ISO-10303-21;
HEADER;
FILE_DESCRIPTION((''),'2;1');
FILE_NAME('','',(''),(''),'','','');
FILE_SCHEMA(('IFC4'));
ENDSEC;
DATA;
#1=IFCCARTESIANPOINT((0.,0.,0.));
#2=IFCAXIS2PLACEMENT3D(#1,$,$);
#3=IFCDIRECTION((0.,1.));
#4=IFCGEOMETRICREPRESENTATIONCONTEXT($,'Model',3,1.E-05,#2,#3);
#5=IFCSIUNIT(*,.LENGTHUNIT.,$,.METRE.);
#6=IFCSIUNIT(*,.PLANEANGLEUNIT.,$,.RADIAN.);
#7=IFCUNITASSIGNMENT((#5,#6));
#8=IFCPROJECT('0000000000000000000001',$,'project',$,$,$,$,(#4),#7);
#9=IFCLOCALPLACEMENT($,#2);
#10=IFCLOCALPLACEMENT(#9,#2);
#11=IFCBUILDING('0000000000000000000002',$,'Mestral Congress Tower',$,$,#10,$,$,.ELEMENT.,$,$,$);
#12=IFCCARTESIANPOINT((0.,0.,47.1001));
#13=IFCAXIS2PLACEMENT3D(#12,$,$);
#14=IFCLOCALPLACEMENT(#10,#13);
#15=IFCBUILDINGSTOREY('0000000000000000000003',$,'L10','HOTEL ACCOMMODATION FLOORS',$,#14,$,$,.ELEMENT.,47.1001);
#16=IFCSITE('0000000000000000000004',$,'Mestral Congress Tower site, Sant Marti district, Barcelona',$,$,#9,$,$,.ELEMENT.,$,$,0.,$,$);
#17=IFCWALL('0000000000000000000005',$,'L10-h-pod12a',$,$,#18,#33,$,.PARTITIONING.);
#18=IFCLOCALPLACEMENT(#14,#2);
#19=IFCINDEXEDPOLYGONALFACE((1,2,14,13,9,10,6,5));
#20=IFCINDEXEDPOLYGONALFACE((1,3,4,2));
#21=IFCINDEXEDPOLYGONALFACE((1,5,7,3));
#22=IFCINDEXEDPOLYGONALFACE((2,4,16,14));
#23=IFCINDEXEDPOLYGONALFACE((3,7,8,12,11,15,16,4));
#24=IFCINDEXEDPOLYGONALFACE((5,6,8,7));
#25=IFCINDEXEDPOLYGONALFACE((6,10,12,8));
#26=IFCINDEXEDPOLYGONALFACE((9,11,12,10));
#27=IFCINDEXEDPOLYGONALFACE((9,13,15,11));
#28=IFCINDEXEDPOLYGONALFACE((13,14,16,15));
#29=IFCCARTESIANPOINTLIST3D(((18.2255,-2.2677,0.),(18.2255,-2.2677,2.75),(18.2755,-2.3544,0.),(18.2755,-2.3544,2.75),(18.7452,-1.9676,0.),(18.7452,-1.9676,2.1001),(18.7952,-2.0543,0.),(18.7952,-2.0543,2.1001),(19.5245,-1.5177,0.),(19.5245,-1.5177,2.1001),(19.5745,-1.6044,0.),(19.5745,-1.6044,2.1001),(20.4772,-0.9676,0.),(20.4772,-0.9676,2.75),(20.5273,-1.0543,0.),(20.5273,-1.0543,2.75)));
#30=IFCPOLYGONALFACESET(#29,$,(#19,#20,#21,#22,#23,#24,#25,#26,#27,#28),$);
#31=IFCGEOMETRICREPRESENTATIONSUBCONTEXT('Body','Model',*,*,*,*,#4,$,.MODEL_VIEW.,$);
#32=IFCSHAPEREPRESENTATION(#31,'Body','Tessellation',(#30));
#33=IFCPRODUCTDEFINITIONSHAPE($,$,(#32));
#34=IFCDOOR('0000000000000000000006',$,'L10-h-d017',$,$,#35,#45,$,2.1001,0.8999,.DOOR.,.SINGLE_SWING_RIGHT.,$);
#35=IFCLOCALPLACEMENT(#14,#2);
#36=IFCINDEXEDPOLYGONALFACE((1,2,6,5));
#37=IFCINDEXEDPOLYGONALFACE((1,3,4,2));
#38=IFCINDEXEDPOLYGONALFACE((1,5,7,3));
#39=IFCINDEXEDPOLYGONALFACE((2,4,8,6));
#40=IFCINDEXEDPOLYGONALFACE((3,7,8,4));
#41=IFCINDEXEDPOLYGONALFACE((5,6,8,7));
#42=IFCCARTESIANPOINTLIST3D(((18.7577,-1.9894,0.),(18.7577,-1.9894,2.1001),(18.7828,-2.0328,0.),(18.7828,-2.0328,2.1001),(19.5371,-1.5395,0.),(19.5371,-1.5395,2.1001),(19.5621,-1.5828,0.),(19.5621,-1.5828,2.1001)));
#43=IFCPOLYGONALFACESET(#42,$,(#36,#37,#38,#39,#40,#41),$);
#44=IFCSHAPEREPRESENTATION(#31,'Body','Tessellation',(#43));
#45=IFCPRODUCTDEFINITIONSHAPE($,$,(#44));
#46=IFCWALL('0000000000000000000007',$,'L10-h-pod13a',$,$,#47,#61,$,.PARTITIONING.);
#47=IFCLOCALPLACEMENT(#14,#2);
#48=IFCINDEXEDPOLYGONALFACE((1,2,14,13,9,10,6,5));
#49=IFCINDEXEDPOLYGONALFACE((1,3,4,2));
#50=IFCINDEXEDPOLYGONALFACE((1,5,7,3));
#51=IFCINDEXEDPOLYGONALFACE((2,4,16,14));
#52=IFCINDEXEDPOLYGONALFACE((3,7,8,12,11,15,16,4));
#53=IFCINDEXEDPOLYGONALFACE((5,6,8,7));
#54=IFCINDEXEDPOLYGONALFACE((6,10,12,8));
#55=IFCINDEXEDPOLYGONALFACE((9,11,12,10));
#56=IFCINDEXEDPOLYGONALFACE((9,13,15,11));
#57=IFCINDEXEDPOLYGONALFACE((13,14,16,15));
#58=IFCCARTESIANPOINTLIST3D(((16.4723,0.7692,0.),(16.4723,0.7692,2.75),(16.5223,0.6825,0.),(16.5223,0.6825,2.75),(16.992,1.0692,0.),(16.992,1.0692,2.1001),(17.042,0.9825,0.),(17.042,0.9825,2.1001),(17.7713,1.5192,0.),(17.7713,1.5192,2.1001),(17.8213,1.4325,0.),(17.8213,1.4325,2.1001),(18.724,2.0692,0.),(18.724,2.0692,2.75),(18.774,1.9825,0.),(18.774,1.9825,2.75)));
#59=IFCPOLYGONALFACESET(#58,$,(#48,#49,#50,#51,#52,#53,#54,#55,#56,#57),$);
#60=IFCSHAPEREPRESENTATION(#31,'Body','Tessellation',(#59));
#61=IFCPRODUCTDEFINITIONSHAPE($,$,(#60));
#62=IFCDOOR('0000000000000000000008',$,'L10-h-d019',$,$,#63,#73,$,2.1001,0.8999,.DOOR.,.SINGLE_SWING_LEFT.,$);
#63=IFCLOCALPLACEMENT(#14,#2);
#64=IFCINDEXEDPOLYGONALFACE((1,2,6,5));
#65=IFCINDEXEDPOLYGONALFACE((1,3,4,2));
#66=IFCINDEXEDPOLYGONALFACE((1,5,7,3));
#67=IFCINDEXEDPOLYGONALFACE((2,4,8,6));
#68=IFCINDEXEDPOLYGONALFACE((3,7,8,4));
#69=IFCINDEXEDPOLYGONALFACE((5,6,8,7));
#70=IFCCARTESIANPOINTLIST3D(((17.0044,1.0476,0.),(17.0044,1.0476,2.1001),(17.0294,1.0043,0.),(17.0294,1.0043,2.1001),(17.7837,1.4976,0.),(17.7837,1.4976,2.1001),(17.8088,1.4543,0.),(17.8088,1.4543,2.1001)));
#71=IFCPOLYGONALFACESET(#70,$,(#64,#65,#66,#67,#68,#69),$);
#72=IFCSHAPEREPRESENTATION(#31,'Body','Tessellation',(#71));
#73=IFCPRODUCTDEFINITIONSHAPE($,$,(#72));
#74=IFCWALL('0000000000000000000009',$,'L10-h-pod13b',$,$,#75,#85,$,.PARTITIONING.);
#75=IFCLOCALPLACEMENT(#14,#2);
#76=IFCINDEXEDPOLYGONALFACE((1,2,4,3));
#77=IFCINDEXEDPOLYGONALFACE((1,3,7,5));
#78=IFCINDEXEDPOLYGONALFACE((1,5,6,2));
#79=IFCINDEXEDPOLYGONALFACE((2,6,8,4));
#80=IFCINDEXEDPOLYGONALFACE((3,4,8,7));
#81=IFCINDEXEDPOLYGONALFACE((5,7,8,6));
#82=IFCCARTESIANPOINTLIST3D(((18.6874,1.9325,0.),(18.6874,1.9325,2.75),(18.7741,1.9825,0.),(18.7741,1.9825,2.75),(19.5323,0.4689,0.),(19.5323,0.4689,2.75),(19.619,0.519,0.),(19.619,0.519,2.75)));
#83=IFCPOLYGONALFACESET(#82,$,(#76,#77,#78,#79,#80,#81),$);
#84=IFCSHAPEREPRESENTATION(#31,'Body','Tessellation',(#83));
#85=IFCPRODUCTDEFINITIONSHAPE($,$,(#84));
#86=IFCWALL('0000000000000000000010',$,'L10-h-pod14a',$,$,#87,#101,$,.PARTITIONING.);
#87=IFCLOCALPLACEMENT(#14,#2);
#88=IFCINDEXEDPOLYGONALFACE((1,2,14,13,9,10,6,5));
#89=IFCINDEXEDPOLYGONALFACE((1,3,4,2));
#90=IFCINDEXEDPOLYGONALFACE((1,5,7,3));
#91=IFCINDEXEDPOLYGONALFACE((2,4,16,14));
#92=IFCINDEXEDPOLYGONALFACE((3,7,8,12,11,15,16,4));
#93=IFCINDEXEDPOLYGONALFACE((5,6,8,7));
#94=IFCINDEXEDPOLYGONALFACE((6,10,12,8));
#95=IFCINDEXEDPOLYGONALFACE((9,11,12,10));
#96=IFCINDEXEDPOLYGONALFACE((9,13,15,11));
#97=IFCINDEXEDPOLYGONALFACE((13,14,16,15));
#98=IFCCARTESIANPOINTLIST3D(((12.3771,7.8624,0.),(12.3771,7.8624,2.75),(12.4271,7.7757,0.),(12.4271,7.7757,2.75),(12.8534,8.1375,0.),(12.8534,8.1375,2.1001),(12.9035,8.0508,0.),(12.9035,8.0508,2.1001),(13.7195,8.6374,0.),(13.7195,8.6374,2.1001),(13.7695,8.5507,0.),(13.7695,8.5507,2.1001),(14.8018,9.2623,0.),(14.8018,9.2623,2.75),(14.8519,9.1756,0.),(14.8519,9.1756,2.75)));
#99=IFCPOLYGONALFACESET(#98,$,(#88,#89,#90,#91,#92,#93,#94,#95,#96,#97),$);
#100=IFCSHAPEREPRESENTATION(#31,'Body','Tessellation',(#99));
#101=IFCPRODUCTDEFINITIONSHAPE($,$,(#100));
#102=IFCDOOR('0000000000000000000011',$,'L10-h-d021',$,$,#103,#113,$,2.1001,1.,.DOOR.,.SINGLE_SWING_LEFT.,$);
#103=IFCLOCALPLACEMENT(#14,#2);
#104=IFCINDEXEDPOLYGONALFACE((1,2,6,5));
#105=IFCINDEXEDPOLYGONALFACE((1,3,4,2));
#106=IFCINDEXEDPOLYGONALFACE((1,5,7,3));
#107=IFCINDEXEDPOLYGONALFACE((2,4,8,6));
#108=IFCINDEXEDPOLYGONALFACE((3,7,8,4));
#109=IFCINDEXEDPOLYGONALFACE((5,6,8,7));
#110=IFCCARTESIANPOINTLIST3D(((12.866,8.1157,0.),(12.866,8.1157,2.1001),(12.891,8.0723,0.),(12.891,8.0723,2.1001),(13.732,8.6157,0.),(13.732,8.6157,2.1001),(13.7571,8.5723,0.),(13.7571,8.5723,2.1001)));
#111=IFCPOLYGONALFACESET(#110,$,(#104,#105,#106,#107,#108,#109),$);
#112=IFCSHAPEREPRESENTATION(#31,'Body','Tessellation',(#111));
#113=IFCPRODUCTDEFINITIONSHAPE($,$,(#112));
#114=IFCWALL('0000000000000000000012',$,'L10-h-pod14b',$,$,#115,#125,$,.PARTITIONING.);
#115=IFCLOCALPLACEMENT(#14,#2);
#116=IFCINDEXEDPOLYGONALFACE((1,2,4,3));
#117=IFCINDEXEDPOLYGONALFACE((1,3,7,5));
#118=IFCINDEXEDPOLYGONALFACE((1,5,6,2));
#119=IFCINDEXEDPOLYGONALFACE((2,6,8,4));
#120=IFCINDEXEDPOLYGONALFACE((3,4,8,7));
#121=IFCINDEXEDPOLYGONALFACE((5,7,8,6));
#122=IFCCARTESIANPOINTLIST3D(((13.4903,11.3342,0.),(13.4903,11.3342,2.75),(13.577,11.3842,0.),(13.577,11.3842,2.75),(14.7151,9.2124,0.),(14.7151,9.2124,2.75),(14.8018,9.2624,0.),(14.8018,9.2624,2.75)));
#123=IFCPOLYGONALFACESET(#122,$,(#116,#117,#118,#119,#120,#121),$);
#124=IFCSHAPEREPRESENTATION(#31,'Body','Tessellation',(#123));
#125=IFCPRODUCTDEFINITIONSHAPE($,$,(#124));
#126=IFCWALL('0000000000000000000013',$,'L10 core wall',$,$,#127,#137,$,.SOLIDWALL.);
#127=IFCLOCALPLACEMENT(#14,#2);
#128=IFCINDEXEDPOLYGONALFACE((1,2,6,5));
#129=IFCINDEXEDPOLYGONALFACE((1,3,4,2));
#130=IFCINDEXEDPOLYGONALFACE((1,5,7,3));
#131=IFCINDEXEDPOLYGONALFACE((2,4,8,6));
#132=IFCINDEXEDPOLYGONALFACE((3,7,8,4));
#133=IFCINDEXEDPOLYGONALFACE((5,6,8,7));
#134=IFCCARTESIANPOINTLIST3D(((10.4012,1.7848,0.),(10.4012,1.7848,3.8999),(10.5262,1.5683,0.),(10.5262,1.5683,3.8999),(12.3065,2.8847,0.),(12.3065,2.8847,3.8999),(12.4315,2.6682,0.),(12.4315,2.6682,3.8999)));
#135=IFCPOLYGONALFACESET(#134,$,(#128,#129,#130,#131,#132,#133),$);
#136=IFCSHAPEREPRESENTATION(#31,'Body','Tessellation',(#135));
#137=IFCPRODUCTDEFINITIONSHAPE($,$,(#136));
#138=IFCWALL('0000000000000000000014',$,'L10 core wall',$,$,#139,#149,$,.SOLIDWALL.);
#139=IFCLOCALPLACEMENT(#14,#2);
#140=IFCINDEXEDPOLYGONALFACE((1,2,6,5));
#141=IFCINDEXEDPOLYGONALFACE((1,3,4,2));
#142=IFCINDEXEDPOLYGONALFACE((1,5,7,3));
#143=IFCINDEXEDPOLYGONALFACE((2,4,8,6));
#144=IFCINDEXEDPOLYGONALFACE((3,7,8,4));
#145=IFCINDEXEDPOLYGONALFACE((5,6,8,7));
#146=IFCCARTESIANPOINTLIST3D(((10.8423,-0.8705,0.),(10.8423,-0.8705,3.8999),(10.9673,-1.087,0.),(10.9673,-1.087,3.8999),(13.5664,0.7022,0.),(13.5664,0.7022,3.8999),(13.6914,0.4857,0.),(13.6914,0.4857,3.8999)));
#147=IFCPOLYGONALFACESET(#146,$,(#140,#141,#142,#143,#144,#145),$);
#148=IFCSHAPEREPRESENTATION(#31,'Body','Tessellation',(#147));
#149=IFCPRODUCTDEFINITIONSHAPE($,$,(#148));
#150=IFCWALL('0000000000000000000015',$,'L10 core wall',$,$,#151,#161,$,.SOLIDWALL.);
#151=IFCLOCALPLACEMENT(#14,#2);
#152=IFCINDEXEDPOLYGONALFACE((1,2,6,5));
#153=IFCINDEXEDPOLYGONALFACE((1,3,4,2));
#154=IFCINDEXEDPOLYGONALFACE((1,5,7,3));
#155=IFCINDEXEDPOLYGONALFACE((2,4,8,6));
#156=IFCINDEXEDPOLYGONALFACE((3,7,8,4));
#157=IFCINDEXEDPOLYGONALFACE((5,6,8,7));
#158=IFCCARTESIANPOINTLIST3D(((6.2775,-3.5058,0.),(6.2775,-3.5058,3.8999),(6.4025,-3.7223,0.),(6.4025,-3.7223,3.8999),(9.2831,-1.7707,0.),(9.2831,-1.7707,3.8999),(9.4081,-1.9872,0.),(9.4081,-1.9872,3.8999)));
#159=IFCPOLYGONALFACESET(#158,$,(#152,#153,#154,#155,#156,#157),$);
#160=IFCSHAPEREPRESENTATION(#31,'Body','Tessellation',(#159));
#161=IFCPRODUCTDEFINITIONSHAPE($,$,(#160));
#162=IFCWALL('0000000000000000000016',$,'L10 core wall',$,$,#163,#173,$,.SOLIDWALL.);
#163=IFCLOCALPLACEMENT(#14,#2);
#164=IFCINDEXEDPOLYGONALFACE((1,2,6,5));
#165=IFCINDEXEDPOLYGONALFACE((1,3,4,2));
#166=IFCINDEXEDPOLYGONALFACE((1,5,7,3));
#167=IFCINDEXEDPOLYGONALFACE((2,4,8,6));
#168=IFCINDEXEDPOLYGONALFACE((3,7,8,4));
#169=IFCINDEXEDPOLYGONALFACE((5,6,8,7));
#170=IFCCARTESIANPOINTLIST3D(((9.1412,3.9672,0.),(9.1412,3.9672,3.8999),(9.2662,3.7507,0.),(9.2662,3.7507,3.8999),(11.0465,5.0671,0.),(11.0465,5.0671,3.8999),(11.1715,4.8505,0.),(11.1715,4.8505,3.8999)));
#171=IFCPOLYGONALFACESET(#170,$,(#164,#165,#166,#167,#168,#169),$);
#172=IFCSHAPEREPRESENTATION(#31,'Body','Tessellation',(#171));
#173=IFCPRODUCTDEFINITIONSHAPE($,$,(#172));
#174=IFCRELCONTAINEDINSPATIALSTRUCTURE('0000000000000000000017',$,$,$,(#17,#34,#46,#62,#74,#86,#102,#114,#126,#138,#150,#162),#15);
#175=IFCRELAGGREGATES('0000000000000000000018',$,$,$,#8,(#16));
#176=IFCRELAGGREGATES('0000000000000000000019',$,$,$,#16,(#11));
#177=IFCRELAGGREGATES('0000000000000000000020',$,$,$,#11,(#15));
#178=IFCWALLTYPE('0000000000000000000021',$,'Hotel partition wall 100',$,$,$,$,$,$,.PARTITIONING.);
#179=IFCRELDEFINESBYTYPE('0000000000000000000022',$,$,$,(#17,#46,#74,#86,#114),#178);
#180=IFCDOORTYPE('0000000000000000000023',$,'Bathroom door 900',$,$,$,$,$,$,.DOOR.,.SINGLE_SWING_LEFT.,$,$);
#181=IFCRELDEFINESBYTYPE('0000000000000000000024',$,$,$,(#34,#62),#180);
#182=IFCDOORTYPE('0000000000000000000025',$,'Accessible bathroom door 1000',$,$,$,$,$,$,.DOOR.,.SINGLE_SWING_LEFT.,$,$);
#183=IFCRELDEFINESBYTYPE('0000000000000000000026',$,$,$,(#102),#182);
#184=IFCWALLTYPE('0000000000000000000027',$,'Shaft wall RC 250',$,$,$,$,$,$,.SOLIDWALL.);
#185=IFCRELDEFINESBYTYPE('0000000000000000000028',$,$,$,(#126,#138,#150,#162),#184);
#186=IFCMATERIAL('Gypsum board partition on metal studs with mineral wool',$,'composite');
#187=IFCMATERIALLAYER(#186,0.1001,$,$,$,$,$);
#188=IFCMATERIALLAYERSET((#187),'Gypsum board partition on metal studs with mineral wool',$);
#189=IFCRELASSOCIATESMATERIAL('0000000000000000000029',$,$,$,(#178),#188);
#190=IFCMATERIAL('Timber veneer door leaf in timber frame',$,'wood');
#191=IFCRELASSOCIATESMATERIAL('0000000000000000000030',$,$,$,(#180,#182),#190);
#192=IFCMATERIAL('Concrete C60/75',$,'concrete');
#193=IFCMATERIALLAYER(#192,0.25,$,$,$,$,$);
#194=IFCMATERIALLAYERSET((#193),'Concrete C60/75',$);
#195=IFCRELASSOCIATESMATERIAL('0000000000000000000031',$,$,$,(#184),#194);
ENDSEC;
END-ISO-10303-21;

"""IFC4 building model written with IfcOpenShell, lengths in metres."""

from ifc_helpers import new_model, si_unit, direction, frame, frame_2d, origin, place, context, subcontext, project, spatial, rectangle, extrude, material, layer, layer_set, type_object, element, fill, save


model = new_model("IFC4")

# Units and contexts
model_context = context("Model", 3, precision=1e-05, world=origin(), true_north=direction((0.0, 1.0)))
body_context = subcontext(model_context, "Body", "Model", "MODEL_VIEW")
ifc_project = project(units=[si_unit("LENGTHUNIT", "METRE"), si_unit("PLANEANGLEUNIT", "RADIAN")], contexts=[model_context])

# Site, building, storey
site_placement = place(None, origin())
site = spatial("IfcSite", under=ifc_project, at=site_placement, Name="Mestral Congress Tower site, Sant Marti district, Barcelona", CompositionType="ELEMENT", RefElevation=0.0)
building_placement = place(site_placement, origin())
building = spatial("IfcBuilding", under=site, at=building_placement, Name="Mestral Congress Tower", CompositionType="ELEMENT")
storey_placement = place(building_placement, frame((0.0, 0.0, 47.1001)))
storey = spatial("IfcBuildingStorey", under=building, at=storey_placement, Name="L10", Description="HOTEL ACCOMMODATION FLOORS", CompositionType="ELEMENT", Elevation=47.1001)

# Walls, openings, doors
ifc_material_1 = material(Name="Gypsum board partition on metal studs with mineral wool", Category="composite")
ifc_layer_1 = layer(ifc_material_1, 0.1001)
ifc_layer_set_1 = layer_set([ifc_layer_1], Name="Gypsum board partition on metal studs with mineral wool")
wall_type_1 = type_object("IfcWallType", Name="Hotel partition wall 100", PredefinedType="PARTITIONING", material=ifc_layer_set_1)
wall_1_placement = place(storey_placement, frame((18.2505, -2.311, 0.0), z_axis=(0.0, 0.0, 1.0), x_axis=(0.866021, 0.500007, 0.0)))
wall_1 = element("IfcWall", 1, at=wall_1_placement, inside=storey, type_object=wall_type_1, Name="L10-h-pod12a", PredefinedType="PARTITIONING", context=body_context, shape_type="SweptSolid", body=[
    extrude(rectangle(XDim=2.6001, YDim=0.1001, at=frame_2d((1.3, 0.0))), origin(), (0.0, 0.0, 1.0), 2.75),
])
opening_1_placement = place(wall_1_placement, frame((0.6001, 0.0, 0.0)))
opening_1 = element("IfcOpeningElement", 2, at=opening_1_placement, cuts=wall_1, PredefinedType="OPENING", context=body_context, shape_type="SweptSolid", body=[
    extrude(rectangle(XDim=0.8999, YDim=2.1001, at=frame_2d((0.45, 1.05))), frame((0.0, 0.0601, 0.0), z_axis=(0.0, -1.0, 0.0), x_axis=(1.0, 0.0, 0.0)), (0.0, 0.0, 1.0), 0.1201),
])
ifc_material_2 = material(Name="Timber veneer door leaf in timber frame", Category="wood")
door_type_1 = type_object("IfcDoorType", Name="Bathroom door 900", OperationType="SINGLE_SWING_LEFT", PredefinedType="DOOR", material=ifc_material_2)
door_1_placement = place(opening_1_placement, origin())
door_1 = element("IfcDoor", 3, at=door_1_placement, inside=storey, type_object=door_type_1, Name="L10-h-d017", OperationType="SINGLE_SWING_RIGHT", OverallHeight=2.1001, OverallWidth=0.8999, PredefinedType="DOOR", context=body_context, shape_type="SweptSolid", body=[
    extrude(rectangle(XDim=0.8999, YDim=2.1001, at=frame_2d((0.45, 1.05))), frame((0.0, 0.0249, 0.0), z_axis=(0.0, -1.0, 0.0), x_axis=(1.0, 0.0, 0.0)), (0.0, 0.0, 1.0), 0.05),
])
fill(opening_1, door_1)
wall_2_placement = place(storey_placement, frame((18.749, 2.0259, 0.0), z_axis=(0.0, 0.0, 1.0), x_axis=(-0.866021, -0.500007, 0.0)))
wall_2 = element("IfcWall", 4, at=wall_2_placement, inside=storey, type_object=wall_type_1, Name="L10-h-pod13a", PredefinedType="PARTITIONING", context=body_context, shape_type="SweptSolid", body=[
    extrude(rectangle(XDim=2.6001, YDim=0.1001, at=frame_2d((1.3, 0.0))), origin(), (0.0, 0.0, 1.0), 2.75),
])
opening_2_placement = place(wall_2_placement, frame((1.1001, 0.0, 0.0)))
opening_2 = element("IfcOpeningElement", 5, at=opening_2_placement, cuts=wall_2, PredefinedType="OPENING", context=body_context, shape_type="SweptSolid", body=[
    extrude(rectangle(XDim=0.8999, YDim=2.1001, at=frame_2d((0.45, 1.05))), frame((0.0, 0.0601, 0.0), z_axis=(0.0, -1.0, 0.0), x_axis=(1.0, 0.0, 0.0)), (0.0, 0.0, 1.0), 0.1201),
])
door_2_placement = place(opening_2_placement, origin())
door_2 = element("IfcDoor", 6, at=door_2_placement, inside=storey, type_object=door_type_1, Name="L10-h-d019", OperationType="SINGLE_SWING_LEFT", OverallHeight=2.1001, OverallWidth=0.8999, PredefinedType="DOOR", context=body_context, shape_type="SweptSolid", body=[
    extrude(rectangle(XDim=0.8999, YDim=2.1001, at=frame_2d((0.45, 1.05))), frame((0.0, 0.0249, 0.0), z_axis=(0.0, -1.0, 0.0), x_axis=(1.0, 0.0, 0.0)), (0.0, 0.0, 1.0), 0.05),
])
fill(opening_2, door_2)

# Wall
wall_3_placement = place(storey_placement, frame((18.7307, 1.9575, 0.0), z_axis=(0.0, 0.0, 1.0), x_axis=(0.499977, -0.866039, 0.0)))
element("IfcWall", 7, at=wall_3_placement, inside=storey, type_object=wall_type_1, Name="L10-h-pod13b", PredefinedType="PARTITIONING", context=body_context, shape_type="SweptSolid", body=[
    extrude(rectangle(XDim=1.6899, YDim=0.1001, at=frame_2d((0.845, 0.0))), origin(), (0.0, 0.0, 1.0), 2.75),
])

# Wall, opening, door
wall_4_placement = place(storey_placement, frame((12.4021, 7.8191, 0.0), z_axis=(0.0, 0.0, 1.0), x_axis=(0.866035, 0.499984, 0.0)))
wall_4 = element("IfcWall", 8, at=wall_4_placement, inside=storey, type_object=wall_type_1, Name="L10-h-pod14a", PredefinedType="PARTITIONING", context=body_context, shape_type="SweptSolid", body=[
    extrude(rectangle(XDim=2.7998, YDim=0.1001, at=frame_2d((1.3999, 0.0))), origin(), (0.0, 0.0, 1.0), 2.75),
])
opening_3_placement = place(wall_4_placement, frame((0.55, 0.0, 0.0)))
opening_3 = element("IfcOpeningElement", 9, at=opening_3_placement, cuts=wall_4, PredefinedType="OPENING", context=body_context, shape_type="SweptSolid", body=[
    extrude(rectangle(XDim=1.0, YDim=2.1001, at=frame_2d((0.5, 1.05))), frame((0.0, 0.0601, 0.0), z_axis=(0.0, -1.0, 0.0), x_axis=(1.0, 0.0, 0.0)), (0.0, 0.0, 1.0), 0.1201),
])
door_type_2 = type_object("IfcDoorType", Name="Accessible bathroom door 1000", OperationType="SINGLE_SWING_LEFT", PredefinedType="DOOR", material=ifc_material_2)
door_3_placement = place(opening_3_placement, origin())
door_3 = element("IfcDoor", 10, at=door_3_placement, inside=storey, type_object=door_type_2, Name="L10-h-d021", OperationType="SINGLE_SWING_LEFT", OverallHeight=2.1001, OverallWidth=1.0, PredefinedType="DOOR", context=body_context, shape_type="SweptSolid", body=[
    extrude(rectangle(XDim=1.0, YDim=2.1001, at=frame_2d((0.5, 1.05))), frame((0.0, 0.0249, 0.0), z_axis=(0.0, -1.0, 0.0), x_axis=(1.0, 0.0, 0.0)), (0.0, 0.0, 1.0), 0.05),
])
fill(opening_3, door_3)

# Walls
wall_5_placement = place(storey_placement, frame((14.7585, 9.2373, 0.0), z_axis=(0.0, 0.0, 1.0), x_axis=(-0.499944, 0.866058, 0.0)))
element("IfcWall", 11, at=wall_5_placement, inside=storey, type_object=wall_type_1, Name="L10-h-pod14b", PredefinedType="PARTITIONING", context=body_context, shape_type="SweptSolid", body=[
    extrude(rectangle(XDim=2.45, YDim=0.1001, at=frame_2d((1.2251, 0.0))), origin(), (0.0, 0.0, 1.0), 2.75),
])
ifc_material_3 = material(Name="Concrete C60/75", Category="concrete")
ifc_layer_2 = layer(ifc_material_3, 0.25)
ifc_layer_set_2 = layer_set([ifc_layer_2], Name="Concrete C60/75")
wall_type_2 = type_object("IfcWallType", Name="Shaft wall RC 250", PredefinedType="SOLIDWALL", material=ifc_layer_set_2)
wall_6_placement = place(storey_placement, frame((10.4636, 1.6765, 0.0), z_axis=(0.0, 0.0, 1.0), x_axis=(0.866056, 0.499947, 0.0)))
element("IfcWall", 12, at=wall_6_placement, inside=storey, type_object=wall_type_2, Name="L10 core wall", PredefinedType="SOLIDWALL", context=body_context, shape_type="SweptSolid", body=[
    extrude(rectangle(XDim=2.2, YDim=0.25, at=frame_2d((1.1001, 0.0))), origin(), (0.0, 0.0, 1.0), 3.8999),
])
wall_7_placement = place(storey_placement, frame((13.6289, 0.594, 0.0), z_axis=(0.0, 0.0, 1.0), x_axis=(-0.866028, -0.499996, 0.0)))
element("IfcWall", 13, at=wall_7_placement, inside=storey, type_object=wall_type_2, Name="L10 core wall", PredefinedType="SOLIDWALL", context=body_context, shape_type="SweptSolid", body=[
    extrude(rectangle(XDim=3.1455, YDim=0.25, at=frame_2d((1.5728, 0.0))), origin(), (0.0, 0.0, 1.0), 3.8999),
])
wall_8_placement = place(storey_placement, frame((9.3457, -1.8789, 0.0), z_axis=(0.0, 0.0, 1.0), x_axis=(-0.866049, -0.49996, 0.0)))
element("IfcWall", 14, at=wall_8_placement, inside=storey, type_object=wall_type_2, Name="L10 core wall", PredefinedType="SOLIDWALL", context=body_context, shape_type="SweptSolid", body=[
    extrude(rectangle(XDim=3.4705, YDim=0.25, at=frame_2d((1.7354, 0.0))), origin(), (0.0, 0.0, 1.0), 3.8999),
])
wall_9_placement = place(storey_placement, frame((9.2036, 3.8589, 0.0), z_axis=(0.0, 0.0, 1.0), x_axis=(0.866056, 0.499947, 0.0)))
element("IfcWall", 15, at=wall_9_placement, inside=storey, type_object=wall_type_2, Name="L10 core wall", PredefinedType="SOLIDWALL", context=body_context, shape_type="SweptSolid", body=[
    extrude(rectangle(XDim=2.2, YDim=0.25, at=frame_2d((1.1001, 0.0))), origin(), (0.0, 0.0, 1.0), 3.8999),
])

save(model, "model.ifc")
